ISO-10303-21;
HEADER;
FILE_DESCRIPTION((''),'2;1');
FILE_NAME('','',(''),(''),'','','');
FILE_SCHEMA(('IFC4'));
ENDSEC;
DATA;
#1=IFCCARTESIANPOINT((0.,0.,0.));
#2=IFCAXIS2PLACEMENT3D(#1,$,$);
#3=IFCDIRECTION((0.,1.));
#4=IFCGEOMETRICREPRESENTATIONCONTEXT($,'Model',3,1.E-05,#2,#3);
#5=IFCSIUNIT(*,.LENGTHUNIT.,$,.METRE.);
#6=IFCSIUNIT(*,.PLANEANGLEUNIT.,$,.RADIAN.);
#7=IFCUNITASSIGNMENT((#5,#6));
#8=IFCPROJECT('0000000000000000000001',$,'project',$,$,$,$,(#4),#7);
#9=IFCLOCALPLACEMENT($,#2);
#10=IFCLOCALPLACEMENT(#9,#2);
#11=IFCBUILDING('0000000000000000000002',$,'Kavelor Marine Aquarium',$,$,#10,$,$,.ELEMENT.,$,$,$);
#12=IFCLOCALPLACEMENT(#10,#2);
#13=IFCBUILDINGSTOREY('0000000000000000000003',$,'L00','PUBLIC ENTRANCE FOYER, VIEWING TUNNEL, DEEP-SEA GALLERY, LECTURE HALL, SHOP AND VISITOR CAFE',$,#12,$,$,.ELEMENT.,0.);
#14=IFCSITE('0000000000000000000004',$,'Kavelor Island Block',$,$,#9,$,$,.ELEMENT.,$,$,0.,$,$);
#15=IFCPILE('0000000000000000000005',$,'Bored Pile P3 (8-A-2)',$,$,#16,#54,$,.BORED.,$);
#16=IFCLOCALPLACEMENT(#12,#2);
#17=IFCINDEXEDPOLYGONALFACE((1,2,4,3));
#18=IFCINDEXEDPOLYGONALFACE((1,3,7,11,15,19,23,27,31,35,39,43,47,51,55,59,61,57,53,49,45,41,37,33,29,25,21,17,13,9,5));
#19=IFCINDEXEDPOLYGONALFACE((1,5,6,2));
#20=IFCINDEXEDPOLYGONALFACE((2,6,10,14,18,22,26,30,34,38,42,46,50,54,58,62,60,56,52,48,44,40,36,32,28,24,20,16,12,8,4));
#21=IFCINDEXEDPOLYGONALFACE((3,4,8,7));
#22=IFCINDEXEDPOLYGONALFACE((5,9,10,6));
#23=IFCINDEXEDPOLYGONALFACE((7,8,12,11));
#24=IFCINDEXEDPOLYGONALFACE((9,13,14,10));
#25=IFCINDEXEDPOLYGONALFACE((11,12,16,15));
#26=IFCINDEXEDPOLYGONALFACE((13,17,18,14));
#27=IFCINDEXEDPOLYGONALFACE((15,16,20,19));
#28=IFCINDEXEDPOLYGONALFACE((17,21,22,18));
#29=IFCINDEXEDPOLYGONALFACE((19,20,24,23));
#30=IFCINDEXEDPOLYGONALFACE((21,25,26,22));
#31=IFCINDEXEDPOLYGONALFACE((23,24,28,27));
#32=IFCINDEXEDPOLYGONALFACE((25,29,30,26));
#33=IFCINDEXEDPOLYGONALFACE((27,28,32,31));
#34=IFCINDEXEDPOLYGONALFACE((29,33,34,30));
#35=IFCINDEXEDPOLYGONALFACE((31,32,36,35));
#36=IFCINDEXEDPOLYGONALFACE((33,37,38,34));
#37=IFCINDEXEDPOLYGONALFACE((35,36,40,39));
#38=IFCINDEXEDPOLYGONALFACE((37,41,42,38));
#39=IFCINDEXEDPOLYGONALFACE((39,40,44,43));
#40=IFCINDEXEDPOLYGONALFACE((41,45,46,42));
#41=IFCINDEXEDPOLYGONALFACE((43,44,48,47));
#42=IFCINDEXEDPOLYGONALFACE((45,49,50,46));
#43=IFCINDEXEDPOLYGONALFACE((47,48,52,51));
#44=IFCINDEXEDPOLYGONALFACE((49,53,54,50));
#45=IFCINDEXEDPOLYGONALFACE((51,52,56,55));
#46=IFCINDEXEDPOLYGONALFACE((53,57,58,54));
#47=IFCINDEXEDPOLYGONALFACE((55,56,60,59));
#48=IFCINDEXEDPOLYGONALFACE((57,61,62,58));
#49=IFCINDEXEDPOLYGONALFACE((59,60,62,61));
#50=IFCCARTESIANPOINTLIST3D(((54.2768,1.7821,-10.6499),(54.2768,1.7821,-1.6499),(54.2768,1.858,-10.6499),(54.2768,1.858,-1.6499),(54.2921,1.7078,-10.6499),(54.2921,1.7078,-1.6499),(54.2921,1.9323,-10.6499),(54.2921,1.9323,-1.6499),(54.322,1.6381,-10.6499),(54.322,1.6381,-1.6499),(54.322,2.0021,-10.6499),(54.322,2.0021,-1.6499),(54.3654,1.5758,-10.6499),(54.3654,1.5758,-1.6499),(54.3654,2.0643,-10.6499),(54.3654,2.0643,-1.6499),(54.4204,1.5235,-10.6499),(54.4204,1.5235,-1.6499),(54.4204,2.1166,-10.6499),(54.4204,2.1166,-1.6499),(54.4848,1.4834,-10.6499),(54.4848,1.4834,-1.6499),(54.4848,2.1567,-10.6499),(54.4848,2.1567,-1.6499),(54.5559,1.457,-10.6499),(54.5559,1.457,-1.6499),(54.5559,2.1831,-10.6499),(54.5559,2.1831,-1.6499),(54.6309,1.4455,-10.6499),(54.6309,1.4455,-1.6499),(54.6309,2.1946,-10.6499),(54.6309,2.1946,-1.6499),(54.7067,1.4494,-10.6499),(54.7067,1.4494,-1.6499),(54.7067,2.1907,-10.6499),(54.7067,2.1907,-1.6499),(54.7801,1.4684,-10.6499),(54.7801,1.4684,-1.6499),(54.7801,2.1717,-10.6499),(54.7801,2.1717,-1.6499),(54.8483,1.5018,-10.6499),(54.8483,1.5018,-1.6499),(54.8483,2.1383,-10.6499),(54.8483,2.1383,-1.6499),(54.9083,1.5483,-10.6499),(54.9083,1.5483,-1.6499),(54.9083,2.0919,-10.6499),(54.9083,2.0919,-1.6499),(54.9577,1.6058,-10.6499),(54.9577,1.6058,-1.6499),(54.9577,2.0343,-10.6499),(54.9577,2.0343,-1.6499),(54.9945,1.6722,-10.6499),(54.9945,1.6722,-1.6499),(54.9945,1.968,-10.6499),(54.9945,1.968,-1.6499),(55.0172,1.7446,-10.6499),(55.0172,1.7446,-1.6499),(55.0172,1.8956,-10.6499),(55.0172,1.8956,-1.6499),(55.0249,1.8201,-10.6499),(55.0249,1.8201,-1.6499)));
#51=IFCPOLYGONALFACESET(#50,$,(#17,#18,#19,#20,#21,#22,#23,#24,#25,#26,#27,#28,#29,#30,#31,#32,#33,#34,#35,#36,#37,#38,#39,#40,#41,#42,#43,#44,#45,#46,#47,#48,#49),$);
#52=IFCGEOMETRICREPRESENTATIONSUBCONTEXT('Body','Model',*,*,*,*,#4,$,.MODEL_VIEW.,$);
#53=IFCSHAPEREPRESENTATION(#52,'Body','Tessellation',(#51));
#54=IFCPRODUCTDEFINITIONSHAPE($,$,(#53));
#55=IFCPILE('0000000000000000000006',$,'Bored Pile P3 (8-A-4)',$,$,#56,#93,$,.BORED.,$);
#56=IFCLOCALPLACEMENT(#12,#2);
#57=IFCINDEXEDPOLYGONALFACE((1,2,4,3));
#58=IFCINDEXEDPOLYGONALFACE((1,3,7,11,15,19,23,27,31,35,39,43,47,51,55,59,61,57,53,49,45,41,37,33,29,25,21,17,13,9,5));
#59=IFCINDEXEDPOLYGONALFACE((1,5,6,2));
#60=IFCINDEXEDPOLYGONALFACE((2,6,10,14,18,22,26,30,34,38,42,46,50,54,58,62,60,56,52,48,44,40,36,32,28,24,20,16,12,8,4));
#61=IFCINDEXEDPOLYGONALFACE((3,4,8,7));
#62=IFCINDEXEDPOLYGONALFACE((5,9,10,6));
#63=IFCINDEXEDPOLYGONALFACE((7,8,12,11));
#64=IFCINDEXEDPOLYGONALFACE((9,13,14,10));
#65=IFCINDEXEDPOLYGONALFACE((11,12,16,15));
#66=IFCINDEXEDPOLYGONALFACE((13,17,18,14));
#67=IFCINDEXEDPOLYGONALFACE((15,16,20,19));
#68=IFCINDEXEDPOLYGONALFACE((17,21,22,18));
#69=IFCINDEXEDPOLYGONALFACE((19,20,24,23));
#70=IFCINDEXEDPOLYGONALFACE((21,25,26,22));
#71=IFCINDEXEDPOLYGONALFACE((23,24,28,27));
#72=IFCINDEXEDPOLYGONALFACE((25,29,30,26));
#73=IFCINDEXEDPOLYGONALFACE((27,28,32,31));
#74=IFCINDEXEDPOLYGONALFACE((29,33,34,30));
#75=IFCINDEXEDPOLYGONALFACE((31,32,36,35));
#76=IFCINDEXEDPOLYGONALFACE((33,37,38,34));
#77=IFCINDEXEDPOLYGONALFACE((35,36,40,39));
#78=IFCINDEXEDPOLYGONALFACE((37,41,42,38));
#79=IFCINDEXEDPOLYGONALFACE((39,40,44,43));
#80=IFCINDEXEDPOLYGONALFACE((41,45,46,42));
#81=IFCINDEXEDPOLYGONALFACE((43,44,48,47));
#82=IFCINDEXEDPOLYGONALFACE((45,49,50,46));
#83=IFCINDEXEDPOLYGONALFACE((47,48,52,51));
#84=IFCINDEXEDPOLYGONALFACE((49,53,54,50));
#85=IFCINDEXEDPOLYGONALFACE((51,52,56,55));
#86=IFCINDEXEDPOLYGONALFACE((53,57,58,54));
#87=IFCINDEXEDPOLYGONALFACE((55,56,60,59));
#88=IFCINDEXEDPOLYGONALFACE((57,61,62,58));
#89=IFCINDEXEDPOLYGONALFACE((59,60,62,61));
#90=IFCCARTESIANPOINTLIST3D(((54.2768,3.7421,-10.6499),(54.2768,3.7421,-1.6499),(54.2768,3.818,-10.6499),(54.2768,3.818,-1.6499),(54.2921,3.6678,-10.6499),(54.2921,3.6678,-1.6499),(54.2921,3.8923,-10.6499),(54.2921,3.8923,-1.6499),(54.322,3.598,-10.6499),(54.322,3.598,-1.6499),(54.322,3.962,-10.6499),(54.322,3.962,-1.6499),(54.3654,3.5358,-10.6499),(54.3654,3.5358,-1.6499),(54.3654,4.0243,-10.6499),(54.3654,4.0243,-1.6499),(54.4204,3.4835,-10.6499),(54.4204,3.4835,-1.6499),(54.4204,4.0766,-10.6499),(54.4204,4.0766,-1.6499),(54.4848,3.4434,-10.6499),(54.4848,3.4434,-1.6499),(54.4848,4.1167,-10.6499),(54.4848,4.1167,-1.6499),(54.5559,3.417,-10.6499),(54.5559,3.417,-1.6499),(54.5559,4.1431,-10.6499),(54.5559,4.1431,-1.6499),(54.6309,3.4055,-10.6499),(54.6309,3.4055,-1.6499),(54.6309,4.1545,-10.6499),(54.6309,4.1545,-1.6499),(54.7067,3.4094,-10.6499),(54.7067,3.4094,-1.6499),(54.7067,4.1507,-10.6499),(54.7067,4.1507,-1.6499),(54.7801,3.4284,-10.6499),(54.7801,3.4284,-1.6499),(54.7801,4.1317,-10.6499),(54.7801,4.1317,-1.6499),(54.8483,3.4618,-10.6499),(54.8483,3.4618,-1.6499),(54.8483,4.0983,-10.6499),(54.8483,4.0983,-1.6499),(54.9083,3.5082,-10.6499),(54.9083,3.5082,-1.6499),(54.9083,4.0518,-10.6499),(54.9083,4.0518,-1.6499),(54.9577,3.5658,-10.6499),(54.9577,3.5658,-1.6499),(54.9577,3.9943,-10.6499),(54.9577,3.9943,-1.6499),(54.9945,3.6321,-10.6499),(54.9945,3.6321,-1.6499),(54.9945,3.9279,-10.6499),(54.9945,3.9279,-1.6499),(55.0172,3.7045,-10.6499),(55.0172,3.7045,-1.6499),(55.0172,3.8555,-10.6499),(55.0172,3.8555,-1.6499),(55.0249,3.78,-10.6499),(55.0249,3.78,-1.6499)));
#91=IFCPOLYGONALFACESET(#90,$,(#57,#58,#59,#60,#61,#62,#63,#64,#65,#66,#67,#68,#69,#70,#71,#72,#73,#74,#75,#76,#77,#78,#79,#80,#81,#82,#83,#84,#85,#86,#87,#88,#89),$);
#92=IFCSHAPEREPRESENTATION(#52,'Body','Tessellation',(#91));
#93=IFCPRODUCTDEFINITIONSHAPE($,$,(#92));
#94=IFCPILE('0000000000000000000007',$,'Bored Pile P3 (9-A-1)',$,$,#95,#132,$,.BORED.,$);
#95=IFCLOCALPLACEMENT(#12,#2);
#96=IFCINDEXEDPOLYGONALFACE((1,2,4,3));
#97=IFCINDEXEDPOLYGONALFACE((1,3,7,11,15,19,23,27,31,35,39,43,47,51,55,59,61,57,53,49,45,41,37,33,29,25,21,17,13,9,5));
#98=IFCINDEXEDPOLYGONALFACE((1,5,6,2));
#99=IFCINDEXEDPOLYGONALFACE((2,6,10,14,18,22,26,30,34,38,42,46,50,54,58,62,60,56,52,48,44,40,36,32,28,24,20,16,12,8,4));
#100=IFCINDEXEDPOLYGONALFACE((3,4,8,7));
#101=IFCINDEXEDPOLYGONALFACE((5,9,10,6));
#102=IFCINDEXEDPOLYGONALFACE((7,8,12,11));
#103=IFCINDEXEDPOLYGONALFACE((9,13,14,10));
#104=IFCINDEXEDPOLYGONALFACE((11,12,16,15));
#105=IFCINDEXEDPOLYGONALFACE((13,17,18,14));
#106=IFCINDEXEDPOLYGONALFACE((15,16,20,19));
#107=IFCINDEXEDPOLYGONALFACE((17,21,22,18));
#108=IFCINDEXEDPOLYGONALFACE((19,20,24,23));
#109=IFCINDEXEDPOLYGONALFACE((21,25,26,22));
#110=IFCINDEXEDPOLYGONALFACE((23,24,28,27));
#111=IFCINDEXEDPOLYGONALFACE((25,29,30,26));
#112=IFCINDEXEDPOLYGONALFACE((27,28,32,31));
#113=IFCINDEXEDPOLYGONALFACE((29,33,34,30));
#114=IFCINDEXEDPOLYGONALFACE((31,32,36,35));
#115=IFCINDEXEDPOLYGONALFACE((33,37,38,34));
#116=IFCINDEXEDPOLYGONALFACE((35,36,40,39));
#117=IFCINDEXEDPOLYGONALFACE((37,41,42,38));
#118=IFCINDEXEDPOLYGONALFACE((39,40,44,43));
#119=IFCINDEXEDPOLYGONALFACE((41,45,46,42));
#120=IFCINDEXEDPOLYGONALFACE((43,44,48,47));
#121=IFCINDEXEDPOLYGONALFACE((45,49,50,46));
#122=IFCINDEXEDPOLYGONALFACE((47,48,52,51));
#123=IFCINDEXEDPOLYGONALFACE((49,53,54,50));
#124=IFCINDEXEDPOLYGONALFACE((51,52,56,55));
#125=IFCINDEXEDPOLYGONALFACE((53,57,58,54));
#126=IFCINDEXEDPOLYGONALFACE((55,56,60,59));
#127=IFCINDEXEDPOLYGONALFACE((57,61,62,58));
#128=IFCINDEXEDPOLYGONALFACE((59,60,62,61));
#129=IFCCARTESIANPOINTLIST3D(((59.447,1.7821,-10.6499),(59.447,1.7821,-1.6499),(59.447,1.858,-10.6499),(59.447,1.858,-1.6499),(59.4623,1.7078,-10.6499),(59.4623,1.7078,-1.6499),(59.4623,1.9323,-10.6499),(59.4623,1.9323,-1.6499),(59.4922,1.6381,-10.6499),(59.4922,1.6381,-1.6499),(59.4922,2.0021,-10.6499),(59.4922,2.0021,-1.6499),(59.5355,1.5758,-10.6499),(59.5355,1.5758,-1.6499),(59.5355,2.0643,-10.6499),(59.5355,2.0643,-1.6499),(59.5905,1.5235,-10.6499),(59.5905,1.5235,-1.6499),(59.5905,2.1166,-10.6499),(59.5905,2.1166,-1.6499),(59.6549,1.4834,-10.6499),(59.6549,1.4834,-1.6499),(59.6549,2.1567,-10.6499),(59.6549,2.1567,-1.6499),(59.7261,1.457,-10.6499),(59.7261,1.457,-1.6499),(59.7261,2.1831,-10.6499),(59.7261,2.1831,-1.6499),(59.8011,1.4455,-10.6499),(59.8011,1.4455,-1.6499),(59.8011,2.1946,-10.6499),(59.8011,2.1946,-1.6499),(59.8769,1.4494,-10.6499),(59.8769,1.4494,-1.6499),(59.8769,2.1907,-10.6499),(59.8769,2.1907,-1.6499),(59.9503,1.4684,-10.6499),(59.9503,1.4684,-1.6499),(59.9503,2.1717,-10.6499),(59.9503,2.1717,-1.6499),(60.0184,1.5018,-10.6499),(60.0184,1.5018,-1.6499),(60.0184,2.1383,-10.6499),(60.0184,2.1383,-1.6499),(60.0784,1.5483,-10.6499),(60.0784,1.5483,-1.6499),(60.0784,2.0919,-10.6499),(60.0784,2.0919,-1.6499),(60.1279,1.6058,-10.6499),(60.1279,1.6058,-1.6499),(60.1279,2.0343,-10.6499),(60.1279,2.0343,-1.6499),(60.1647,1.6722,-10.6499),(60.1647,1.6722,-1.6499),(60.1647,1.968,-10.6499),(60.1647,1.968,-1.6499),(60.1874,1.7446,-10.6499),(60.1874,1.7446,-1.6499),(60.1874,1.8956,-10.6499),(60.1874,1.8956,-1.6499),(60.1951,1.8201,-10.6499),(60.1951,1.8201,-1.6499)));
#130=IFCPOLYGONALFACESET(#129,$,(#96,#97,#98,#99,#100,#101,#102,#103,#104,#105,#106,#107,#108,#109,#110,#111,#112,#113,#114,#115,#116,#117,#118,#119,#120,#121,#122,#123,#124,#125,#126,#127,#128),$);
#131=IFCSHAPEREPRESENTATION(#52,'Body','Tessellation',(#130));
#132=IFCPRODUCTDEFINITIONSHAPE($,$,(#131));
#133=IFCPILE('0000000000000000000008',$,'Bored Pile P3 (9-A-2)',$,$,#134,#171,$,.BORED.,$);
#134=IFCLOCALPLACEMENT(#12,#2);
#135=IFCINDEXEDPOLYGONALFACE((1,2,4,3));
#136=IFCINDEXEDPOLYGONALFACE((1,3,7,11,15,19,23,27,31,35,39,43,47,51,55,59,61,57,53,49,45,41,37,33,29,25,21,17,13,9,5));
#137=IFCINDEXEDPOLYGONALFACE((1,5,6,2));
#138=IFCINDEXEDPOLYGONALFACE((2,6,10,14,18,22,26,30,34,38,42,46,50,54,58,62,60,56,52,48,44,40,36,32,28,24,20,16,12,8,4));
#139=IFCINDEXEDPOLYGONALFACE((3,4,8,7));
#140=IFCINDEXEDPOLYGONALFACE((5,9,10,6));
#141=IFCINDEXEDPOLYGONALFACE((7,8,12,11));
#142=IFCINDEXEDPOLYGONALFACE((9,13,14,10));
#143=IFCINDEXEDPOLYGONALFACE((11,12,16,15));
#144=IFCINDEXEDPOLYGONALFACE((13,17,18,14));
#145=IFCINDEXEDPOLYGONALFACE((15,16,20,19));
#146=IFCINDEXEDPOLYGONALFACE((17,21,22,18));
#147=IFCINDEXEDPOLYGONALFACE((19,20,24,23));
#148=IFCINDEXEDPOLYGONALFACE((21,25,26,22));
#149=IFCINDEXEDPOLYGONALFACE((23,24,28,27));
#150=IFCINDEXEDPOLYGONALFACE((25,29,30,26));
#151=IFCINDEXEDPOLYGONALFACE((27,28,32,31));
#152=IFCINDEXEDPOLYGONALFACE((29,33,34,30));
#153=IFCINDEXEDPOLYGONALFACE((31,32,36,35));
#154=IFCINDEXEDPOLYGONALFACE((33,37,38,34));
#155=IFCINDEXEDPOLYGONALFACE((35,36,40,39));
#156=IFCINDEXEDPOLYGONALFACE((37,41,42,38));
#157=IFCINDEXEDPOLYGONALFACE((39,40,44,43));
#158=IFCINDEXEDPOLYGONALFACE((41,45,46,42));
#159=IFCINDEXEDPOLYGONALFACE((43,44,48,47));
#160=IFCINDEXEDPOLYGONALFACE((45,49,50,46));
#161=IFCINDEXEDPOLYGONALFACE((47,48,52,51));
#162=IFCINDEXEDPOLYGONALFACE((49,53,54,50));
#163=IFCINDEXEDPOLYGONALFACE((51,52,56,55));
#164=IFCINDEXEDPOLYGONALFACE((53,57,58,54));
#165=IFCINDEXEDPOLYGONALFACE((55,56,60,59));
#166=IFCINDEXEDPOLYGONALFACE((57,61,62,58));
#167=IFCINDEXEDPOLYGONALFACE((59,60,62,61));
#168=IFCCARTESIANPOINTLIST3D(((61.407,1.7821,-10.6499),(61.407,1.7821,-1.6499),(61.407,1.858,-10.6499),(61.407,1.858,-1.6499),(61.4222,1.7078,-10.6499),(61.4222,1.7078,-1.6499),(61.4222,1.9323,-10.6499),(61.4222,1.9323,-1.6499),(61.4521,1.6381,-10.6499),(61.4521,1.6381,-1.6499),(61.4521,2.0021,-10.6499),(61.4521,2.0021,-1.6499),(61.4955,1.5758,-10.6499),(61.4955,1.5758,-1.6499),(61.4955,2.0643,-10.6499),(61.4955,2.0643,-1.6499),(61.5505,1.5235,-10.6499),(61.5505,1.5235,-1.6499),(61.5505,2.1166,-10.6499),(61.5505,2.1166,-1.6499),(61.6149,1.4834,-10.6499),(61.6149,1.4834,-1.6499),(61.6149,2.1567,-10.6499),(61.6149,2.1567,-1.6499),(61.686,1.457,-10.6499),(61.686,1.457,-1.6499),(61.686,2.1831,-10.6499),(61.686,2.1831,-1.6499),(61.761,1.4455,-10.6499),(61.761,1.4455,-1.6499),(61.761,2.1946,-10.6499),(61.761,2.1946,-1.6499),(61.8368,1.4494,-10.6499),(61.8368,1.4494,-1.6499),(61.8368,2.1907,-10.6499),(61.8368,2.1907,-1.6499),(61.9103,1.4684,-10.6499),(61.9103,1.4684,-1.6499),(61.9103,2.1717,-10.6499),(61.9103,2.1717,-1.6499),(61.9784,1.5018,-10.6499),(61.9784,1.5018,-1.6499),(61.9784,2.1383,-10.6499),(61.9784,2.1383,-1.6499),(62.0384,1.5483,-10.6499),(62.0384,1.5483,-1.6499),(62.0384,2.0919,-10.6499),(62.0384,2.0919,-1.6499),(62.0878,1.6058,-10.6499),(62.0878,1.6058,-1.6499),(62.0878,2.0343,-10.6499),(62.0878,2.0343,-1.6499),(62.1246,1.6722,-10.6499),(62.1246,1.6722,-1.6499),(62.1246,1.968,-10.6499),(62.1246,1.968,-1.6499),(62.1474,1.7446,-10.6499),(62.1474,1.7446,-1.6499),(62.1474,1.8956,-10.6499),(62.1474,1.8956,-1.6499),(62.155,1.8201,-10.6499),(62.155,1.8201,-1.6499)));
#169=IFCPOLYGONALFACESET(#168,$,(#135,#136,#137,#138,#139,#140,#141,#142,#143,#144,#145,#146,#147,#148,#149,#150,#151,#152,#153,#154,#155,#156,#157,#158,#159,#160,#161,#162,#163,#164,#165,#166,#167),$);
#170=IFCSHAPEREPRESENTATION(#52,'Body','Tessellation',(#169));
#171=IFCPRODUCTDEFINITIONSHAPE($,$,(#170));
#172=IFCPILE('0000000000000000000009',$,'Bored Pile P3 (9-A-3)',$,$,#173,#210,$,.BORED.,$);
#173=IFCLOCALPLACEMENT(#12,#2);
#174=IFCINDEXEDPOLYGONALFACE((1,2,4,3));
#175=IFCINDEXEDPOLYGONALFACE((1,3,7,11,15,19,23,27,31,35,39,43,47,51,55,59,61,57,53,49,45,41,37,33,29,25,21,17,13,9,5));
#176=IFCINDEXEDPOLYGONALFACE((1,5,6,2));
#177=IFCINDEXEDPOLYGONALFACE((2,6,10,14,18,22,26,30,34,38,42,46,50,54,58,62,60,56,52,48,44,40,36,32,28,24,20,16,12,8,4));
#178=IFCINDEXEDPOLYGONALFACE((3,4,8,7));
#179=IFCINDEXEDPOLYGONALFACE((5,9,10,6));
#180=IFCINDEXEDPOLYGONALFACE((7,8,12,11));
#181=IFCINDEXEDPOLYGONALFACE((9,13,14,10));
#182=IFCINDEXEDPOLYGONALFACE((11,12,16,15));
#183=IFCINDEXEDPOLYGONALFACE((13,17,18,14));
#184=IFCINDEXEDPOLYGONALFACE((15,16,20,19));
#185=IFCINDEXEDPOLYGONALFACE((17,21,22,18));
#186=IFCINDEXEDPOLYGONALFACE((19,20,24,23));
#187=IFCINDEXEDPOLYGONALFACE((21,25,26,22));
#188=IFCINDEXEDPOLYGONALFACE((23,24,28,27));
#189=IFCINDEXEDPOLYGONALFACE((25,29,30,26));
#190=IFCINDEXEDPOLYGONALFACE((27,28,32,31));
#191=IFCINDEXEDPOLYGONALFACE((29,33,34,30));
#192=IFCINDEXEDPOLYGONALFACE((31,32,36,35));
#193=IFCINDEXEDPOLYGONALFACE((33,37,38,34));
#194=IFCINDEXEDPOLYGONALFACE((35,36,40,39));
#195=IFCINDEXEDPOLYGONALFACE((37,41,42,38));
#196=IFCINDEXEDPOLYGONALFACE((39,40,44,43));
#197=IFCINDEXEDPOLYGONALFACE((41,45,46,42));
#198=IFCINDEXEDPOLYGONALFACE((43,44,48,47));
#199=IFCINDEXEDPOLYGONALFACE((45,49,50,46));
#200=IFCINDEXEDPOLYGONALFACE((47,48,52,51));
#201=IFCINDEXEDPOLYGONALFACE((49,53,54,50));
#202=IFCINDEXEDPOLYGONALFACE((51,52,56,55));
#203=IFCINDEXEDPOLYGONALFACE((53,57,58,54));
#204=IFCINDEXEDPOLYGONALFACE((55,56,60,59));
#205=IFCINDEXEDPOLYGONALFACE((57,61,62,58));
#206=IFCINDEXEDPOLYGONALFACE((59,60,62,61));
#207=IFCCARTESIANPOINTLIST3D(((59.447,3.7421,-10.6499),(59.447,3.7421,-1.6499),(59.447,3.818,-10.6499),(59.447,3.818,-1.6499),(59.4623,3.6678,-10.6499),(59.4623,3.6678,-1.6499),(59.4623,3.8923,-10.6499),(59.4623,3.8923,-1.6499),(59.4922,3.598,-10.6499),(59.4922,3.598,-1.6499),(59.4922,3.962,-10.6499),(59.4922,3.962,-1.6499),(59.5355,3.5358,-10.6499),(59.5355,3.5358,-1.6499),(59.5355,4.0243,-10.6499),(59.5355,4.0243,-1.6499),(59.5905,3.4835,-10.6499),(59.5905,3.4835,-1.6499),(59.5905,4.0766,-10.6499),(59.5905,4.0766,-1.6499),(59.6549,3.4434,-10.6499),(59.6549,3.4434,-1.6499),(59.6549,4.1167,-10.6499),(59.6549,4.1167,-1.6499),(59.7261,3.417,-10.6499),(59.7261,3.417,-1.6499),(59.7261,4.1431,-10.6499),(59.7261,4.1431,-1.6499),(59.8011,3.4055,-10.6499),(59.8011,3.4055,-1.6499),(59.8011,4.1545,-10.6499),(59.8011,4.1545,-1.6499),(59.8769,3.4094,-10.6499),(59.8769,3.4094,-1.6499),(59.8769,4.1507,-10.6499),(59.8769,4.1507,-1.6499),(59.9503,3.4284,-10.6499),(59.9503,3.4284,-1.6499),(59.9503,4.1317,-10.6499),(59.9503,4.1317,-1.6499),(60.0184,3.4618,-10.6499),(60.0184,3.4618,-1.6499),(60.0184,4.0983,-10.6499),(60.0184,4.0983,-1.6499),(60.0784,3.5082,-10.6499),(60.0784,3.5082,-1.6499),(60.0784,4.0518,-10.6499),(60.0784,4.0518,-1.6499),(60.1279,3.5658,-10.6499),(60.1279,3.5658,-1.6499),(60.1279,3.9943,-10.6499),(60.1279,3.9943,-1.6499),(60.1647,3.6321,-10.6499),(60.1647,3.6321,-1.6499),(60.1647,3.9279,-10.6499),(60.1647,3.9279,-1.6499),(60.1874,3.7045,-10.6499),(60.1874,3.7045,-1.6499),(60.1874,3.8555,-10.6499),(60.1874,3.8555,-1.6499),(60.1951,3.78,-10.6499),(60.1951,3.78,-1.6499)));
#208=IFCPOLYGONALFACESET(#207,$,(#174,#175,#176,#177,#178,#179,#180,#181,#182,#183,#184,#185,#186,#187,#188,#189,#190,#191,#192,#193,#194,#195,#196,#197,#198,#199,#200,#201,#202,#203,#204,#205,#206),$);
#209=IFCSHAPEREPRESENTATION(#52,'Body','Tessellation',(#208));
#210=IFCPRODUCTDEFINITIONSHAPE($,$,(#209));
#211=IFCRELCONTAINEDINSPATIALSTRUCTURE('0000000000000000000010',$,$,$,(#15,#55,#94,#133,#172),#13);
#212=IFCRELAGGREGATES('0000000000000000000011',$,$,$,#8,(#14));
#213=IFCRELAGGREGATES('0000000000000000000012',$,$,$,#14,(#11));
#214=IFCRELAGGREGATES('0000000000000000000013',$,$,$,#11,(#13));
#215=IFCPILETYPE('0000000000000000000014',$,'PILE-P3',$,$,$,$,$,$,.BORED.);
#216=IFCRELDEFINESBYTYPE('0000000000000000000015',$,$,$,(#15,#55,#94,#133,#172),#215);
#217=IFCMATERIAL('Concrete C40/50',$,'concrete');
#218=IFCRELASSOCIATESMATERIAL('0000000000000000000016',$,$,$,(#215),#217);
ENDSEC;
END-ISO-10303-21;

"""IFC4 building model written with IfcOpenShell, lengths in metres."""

from ifc_helpers import new_model, si_unit, direction, frame, origin, origin_2d, place, context, subcontext, project, spatial, circle, extrude, material, material_profile, profile_set, type_object, element, save


model = new_model("IFC4")

# Units and contexts
model_context = context("Model", 3, precision=1e-05, world=origin(), true_north=direction((0.0, 1.0)))
body_context = subcontext(model_context, "Body", "Model", "MODEL_VIEW")
ifc_project = project(units=[si_unit("LENGTHUNIT", "METRE"), si_unit("PLANEANGLEUNIT", "RADIAN")], contexts=[model_context])

# Site, building, storey
site_placement = place(None, origin())
site = spatial("IfcSite", under=ifc_project, at=site_placement, Name="Kavelor Island Block", CompositionType="ELEMENT", RefElevation=0.0)
building_placement = place(site_placement, origin())
building = spatial("IfcBuilding", under=site, at=building_placement, Name="Kavelor Marine Aquarium", CompositionType="ELEMENT")
storey_placement = place(building_placement, origin())
storey = spatial("IfcBuildingStorey", under=building, at=storey_placement, Name="L00", Description="PUBLIC ENTRANCE FOYER, VIEWING TUNNEL, DEEP-SEA GALLERY, LECTURE HALL, SHOP AND VISITOR CAFE", CompositionType="ELEMENT", Elevation=0.0)

# Piles
ifc_material_1 = material(Name="Concrete C40/50", Category="concrete")
ifc_material_profile_1 = material_profile(ifc_material_1, circle(Radius=0.375, at=origin_2d()), Name="PILE D750")
ifc_profile_set_1 = profile_set([ifc_material_profile_1], Name="Concrete C40/50")
pile_type_1 = type_object("IfcPileType", Name="PILE-P3", PredefinedType="BORED", material=ifc_profile_set_1)
for number, where, z_axis, x_axis, name in (
    (1, (54.6499, 1.8201, -1.6499), (0.0, 0.0, -1.0), (1.0, 0.0, 0.0), "Bored Pile P3 (8-A-2)"),
    (2, (54.6499, 3.78, -1.6499), (0.0, 0.0, -1.0), (1.0, 0.0, 0.0), "Bored Pile P3 (8-A-4)"),
    (3, (59.8201, 1.8201, -1.6499), (0.0, 0.0, -1.0), (1.0, 0.0, 0.0), "Bored Pile P3 (9-A-1)"),
    (4, (61.78, 1.8201, -1.6499), (0.0, 0.0, -1.0), (1.0, 0.0, 0.0), "Bored Pile P3 (9-A-2)"),
    (5, (59.8201, 3.78, -1.6499), (0.0, 0.0, -1.0), (1.0, 0.0, 0.0), "Bored Pile P3 (9-A-3)"),
):
    element("IfcPile", number, at=place(storey_placement, frame(where, z_axis=z_axis, x_axis=x_axis)), inside=storey, type_object=pile_type_1, Name=name, PredefinedType="BORED", context=body_context, shape_type="SweptSolid", body=[
        extrude(circle(Radius=0.375, at=origin_2d()), origin(), (0.0, 0.0, 1.0), 9.0),
    ])

save(model, "model.ifc")
